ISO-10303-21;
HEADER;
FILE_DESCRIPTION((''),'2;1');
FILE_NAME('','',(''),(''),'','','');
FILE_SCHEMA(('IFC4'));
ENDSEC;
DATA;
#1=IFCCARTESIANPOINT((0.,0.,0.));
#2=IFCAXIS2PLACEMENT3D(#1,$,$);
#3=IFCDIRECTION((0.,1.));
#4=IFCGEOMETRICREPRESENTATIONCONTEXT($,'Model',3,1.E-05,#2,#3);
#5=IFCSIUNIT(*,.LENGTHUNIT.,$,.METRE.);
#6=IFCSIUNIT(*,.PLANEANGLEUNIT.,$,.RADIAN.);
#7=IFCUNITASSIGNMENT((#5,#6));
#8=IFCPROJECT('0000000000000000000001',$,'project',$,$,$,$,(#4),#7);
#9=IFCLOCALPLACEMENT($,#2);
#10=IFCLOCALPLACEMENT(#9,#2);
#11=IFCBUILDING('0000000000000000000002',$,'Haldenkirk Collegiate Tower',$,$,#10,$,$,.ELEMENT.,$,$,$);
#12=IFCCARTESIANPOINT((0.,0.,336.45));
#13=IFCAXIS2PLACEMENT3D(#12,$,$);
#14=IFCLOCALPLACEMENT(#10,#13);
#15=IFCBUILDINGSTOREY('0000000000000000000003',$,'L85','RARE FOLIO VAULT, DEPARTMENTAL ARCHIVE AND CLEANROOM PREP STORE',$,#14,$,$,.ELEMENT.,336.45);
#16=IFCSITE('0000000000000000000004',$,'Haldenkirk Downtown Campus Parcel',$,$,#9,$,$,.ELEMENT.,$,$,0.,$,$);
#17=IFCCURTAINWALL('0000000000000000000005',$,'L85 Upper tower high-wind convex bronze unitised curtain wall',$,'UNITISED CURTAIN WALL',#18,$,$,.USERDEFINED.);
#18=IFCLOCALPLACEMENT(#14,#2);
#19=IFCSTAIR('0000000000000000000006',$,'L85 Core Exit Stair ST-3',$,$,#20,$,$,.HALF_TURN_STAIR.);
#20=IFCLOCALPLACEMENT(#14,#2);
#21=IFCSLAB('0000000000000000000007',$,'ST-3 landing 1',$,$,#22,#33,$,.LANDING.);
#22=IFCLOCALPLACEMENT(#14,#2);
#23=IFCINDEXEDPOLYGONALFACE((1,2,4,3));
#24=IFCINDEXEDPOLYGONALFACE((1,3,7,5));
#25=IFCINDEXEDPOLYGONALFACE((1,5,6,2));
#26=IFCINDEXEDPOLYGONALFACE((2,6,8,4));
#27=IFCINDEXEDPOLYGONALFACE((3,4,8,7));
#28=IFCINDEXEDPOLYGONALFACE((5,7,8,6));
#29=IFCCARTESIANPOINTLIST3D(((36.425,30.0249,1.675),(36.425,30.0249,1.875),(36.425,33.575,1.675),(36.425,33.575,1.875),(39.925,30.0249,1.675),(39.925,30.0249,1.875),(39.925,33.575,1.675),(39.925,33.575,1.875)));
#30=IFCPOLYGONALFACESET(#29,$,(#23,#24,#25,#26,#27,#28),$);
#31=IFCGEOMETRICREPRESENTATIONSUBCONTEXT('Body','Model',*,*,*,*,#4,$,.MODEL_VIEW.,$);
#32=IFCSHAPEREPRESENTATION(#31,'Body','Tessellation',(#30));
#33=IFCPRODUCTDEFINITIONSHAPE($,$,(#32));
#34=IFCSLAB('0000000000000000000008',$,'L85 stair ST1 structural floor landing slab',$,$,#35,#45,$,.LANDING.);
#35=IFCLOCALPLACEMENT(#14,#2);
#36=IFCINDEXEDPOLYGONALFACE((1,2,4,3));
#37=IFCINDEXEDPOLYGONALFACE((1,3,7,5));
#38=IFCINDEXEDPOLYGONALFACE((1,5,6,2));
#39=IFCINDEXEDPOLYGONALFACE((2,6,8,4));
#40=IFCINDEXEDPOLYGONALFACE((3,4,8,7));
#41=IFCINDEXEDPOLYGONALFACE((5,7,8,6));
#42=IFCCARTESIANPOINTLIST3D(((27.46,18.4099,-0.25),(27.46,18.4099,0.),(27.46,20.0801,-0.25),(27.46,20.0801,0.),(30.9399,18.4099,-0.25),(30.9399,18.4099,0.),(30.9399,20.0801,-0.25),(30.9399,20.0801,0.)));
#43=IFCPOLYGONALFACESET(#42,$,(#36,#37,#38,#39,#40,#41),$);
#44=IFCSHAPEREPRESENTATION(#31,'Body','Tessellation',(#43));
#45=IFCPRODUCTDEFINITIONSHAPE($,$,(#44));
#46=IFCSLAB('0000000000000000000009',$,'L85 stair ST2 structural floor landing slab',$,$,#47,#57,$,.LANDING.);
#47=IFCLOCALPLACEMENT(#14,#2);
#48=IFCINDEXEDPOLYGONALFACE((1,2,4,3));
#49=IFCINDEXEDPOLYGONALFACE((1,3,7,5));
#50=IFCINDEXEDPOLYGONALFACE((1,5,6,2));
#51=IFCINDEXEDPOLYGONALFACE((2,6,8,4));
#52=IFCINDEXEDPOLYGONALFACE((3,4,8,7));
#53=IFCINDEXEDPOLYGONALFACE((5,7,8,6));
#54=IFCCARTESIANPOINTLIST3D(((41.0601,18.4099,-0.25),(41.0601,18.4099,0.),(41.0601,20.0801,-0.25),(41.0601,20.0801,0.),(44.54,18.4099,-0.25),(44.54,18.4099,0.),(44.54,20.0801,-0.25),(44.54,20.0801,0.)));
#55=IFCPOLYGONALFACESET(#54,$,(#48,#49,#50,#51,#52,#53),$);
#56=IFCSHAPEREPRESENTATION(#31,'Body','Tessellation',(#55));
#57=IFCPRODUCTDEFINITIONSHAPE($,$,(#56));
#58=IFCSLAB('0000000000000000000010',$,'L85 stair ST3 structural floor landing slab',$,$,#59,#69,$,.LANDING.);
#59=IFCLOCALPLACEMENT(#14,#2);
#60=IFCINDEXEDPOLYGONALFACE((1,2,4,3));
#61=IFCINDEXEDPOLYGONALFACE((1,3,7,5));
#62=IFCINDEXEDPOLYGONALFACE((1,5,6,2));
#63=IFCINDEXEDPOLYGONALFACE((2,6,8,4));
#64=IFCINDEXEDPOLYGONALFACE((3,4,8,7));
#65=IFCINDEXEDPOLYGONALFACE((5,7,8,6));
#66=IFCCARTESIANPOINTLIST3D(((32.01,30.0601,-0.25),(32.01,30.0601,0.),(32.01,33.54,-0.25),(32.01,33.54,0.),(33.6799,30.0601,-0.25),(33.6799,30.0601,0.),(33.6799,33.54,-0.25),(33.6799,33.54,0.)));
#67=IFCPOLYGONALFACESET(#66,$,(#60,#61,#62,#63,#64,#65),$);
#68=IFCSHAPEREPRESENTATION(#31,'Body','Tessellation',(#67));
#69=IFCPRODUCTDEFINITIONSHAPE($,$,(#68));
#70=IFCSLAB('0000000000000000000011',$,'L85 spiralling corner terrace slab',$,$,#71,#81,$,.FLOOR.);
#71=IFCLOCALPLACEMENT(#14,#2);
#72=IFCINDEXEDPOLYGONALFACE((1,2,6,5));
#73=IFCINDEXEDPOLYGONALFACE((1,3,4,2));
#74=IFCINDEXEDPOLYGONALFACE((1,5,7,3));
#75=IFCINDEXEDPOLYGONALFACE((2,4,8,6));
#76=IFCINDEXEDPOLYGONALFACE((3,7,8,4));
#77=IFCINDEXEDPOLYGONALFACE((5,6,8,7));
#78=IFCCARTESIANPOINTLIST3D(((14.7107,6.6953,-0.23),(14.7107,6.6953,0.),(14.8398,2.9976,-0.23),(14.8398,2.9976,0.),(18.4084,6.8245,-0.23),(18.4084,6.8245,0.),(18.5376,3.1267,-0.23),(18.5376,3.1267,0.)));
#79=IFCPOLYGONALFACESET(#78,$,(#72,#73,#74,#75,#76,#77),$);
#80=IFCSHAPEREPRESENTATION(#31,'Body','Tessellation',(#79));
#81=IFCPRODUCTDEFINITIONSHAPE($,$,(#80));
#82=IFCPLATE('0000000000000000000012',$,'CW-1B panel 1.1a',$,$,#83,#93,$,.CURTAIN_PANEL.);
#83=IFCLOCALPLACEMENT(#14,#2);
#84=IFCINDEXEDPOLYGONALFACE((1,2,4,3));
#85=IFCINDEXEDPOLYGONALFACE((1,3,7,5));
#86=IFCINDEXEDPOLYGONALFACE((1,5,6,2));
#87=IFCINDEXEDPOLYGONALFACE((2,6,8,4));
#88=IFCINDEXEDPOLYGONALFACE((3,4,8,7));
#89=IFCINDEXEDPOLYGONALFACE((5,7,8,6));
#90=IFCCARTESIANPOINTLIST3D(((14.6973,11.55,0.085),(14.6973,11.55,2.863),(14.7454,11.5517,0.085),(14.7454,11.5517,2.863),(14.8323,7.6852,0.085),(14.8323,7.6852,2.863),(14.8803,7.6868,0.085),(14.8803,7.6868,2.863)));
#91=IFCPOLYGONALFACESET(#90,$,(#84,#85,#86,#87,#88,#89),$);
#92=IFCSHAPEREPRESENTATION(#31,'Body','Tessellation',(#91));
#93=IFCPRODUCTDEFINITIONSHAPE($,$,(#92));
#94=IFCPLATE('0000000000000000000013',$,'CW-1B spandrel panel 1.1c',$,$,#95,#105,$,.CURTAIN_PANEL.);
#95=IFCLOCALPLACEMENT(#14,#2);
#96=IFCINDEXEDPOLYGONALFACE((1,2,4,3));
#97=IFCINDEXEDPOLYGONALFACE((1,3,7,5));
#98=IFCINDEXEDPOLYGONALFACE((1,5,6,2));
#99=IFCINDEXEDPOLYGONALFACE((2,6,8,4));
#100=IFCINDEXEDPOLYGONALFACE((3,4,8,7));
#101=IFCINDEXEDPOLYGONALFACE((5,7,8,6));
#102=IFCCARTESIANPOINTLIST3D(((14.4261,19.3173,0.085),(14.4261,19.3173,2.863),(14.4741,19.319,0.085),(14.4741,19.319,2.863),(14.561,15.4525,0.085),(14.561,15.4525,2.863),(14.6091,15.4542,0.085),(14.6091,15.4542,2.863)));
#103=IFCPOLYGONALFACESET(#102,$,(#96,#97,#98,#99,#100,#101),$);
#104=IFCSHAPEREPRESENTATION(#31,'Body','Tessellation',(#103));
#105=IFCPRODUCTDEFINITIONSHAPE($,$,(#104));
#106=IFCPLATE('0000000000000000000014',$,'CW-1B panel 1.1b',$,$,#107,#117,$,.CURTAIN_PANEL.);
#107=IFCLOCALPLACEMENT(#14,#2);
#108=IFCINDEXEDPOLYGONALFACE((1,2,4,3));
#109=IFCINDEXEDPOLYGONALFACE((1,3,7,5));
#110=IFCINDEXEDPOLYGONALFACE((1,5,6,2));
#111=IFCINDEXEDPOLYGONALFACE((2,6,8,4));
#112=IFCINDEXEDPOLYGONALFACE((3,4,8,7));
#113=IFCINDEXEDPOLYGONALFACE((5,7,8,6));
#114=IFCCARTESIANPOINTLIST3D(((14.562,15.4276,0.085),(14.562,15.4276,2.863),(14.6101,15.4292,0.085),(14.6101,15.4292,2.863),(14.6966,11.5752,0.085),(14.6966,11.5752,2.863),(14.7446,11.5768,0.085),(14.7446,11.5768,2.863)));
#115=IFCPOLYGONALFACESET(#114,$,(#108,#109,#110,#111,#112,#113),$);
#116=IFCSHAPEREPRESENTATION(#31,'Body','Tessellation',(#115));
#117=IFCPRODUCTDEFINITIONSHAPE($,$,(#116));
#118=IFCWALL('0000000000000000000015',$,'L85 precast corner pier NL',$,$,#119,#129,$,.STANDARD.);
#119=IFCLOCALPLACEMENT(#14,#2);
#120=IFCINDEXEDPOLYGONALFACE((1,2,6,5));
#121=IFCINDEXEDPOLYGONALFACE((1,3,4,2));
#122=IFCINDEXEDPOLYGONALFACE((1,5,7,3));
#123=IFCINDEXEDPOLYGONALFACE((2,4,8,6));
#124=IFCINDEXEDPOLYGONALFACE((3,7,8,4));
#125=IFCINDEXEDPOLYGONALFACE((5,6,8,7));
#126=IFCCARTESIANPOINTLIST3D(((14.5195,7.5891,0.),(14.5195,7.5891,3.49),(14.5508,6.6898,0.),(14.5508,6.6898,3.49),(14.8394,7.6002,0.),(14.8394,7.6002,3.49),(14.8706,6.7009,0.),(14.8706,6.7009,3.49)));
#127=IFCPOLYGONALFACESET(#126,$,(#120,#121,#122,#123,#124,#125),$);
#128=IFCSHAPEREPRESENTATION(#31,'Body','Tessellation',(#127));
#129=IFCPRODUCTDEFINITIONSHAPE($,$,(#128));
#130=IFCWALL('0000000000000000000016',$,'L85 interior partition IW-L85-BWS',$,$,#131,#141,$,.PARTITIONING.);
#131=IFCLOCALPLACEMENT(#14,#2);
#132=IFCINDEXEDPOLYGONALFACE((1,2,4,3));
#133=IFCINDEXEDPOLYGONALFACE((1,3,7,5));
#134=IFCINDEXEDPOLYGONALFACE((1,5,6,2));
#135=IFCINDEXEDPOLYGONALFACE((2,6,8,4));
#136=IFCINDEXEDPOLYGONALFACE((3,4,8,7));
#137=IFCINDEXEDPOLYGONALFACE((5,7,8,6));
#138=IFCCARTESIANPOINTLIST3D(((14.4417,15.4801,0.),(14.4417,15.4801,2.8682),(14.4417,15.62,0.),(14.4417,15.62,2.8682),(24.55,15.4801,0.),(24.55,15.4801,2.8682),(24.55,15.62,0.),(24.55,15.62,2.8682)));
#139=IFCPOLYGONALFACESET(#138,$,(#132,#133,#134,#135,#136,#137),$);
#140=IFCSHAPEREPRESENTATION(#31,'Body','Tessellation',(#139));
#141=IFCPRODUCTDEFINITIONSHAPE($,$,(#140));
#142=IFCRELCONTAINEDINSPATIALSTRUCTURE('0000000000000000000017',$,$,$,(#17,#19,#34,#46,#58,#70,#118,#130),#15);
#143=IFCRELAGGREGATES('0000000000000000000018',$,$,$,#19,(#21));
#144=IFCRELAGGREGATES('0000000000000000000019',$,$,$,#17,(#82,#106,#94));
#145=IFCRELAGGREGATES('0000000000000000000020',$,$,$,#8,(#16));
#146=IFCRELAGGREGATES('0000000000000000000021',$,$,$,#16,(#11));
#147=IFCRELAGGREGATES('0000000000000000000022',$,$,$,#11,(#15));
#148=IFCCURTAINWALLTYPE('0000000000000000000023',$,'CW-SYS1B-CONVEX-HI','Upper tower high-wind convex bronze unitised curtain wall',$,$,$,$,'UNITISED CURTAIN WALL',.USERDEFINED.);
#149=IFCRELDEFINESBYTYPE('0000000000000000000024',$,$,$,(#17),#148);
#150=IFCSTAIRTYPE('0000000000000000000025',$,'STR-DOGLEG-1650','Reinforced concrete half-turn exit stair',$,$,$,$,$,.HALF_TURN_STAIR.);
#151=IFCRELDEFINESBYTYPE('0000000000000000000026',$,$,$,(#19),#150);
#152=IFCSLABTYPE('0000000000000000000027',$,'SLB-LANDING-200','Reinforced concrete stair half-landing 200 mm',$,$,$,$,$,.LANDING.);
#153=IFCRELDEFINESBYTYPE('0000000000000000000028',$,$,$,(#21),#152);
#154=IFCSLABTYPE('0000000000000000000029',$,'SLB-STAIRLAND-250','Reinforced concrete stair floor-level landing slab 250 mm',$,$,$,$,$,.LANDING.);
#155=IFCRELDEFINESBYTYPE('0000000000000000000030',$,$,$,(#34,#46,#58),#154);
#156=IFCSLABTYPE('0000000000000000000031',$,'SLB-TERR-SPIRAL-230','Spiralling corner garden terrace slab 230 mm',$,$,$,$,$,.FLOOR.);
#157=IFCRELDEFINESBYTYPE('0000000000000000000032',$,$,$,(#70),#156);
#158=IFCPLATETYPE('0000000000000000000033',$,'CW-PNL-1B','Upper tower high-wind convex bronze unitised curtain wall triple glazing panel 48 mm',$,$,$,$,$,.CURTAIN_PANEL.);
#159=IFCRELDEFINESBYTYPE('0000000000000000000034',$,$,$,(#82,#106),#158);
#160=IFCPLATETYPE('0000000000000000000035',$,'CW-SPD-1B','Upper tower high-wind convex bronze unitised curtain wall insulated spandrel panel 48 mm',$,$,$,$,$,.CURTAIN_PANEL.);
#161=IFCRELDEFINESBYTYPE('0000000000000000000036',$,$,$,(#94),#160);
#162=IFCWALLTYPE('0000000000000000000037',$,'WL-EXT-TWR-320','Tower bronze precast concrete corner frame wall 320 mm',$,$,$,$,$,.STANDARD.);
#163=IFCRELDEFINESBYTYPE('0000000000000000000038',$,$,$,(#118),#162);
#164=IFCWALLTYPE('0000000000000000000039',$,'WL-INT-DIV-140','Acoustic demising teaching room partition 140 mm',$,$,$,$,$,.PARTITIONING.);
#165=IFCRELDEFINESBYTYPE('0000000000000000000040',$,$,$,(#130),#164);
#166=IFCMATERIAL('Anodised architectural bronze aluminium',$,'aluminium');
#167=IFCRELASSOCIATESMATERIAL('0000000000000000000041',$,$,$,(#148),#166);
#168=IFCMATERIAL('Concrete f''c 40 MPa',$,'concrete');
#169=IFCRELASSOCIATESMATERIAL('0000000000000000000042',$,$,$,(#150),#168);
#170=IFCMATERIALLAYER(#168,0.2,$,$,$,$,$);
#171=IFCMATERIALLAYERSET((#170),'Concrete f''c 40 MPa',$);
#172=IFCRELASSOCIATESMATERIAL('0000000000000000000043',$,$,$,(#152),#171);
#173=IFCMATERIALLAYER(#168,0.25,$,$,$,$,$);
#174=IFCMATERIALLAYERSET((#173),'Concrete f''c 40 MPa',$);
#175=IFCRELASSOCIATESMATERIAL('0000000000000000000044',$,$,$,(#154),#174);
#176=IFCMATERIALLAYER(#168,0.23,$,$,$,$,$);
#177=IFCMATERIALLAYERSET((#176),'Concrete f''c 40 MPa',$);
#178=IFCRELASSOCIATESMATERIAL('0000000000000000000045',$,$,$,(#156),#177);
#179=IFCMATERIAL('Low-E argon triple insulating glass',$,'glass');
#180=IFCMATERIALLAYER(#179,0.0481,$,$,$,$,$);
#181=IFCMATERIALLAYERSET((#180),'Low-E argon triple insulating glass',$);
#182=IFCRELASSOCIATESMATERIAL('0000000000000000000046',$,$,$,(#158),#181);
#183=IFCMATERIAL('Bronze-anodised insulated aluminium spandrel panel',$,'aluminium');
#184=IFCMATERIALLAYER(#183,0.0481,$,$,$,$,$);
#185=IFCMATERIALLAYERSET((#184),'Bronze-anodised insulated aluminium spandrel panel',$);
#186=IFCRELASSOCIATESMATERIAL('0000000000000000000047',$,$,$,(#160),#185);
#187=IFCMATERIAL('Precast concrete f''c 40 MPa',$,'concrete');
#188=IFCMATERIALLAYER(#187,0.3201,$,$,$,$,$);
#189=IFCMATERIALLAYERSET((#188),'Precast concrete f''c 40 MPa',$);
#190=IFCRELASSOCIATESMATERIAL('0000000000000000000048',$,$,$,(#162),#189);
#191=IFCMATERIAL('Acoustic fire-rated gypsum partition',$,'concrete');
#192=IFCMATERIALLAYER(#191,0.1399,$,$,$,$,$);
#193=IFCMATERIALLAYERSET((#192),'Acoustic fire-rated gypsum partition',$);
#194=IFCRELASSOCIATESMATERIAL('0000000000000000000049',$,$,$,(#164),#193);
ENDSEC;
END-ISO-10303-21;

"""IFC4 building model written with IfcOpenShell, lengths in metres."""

from ifc_helpers import new_model, si_unit, direction, frame, frame_2d, origin, origin_2d, place, context, subcontext, project, spatial, polyline, rectangle, outline, extrude, source, transform, mapped, material, layer, layer_set, type_object, element, aggregate, save


model = new_model("IFC4")

# Units and contexts
model_context = context("Model", 3, precision=1e-05, world=origin(), true_north=direction((0.0, 1.0)))
body_context = subcontext(model_context, "Body", "Model", "MODEL_VIEW")
ifc_project = project(units=[si_unit("LENGTHUNIT", "METRE"), si_unit("PLANEANGLEUNIT", "RADIAN")], contexts=[model_context])

# Site, building, storey
site_placement = place(None, origin())
site = spatial("IfcSite", under=ifc_project, at=site_placement, Name="Haldenkirk Downtown Campus Parcel", CompositionType="ELEMENT", RefElevation=0.0)
building_placement = place(site_placement, origin())
building = spatial("IfcBuilding", under=site, at=building_placement, Name="Haldenkirk Collegiate Tower", CompositionType="ELEMENT")
storey_placement = place(building_placement, frame((0.0, 0.0, 336.45)))
storey = spatial("IfcBuildingStorey", under=building, at=storey_placement, Name="L85", Description="RARE FOLIO VAULT, DEPARTMENTAL ARCHIVE AND CLEANROOM PREP STORE", CompositionType="ELEMENT", Elevation=336.45)

# Curtain wall
ifc_material_1 = material(Name="Anodised architectural bronze aluminium", Category="aluminium")
curtain_wall_type = type_object("IfcCurtainWallType", Name="CW-SYS1B-CONVEX-HI", Description="Upper tower high-wind convex bronze unitised curtain wall", ElementType="UNITISED CURTAIN WALL", PredefinedType="USERDEFINED", material=ifc_material_1)
curtain_wall_placement = place(storey_placement, origin())
curtain_wall = element("IfcCurtainWall", 1, at=curtain_wall_placement, inside=storey, type_object=curtain_wall_type, Name="L85 Upper tower high-wind convex bronze unitised curtain wall", ObjectType="UNITISED CURTAIN WALL", PredefinedType="USERDEFINED")

# Shared definitions
ifc_material_2 = material(Name="Concrete f'c 40 MPa", Category="concrete")

# Stair, slab
stair_type = type_object("IfcStairType", Name="STR-DOGLEG-1650", Description="Reinforced concrete half-turn exit stair", PredefinedType="HALF_TURN_STAIR", material=ifc_material_2)
ifc_layer_1 = layer(ifc_material_2, 0.2)
ifc_layer_set_1 = layer_set([ifc_layer_1], Name="Concrete f'c 40 MPa")
slab_type_1 = type_object("IfcSlabType", Name="SLB-LANDING-200", Description="Reinforced concrete stair half-landing 200 mm", PredefinedType="LANDING", material=ifc_layer_set_1)
stair_1_placement = place(storey_placement, origin())
stair_1 = element("IfcStair", 2, at=stair_1_placement, inside=storey, type_object=stair_type, Name="L85 Core Exit Stair ST-3", PredefinedType="HALF_TURN_STAIR")
slab_1_placement = place(storey_placement, frame((0.0, 0.0, 1.675)))
slab_1 = element("IfcSlab", 3, at=slab_1_placement, type_object=slab_type_1, Name="ST-3 landing 1", PredefinedType="LANDING", context=body_context, shape_type="SweptSolid", body=[
    extrude(outline(polyline([(36.425, 30.0249), (36.425, 33.575), (39.925, 33.575), (39.925, 30.0249), (36.425, 30.0249)])), origin(), (0.0, 0.0, 1.0), 0.2),
])
aggregate(stair_1, [slab_1])

# Slabs
ifc_layer_2 = layer(ifc_material_2, 0.25)
ifc_layer_set_2 = layer_set([ifc_layer_2], Name="Concrete f'c 40 MPa")
slab_type_2 = type_object("IfcSlabType", Name="SLB-STAIRLAND-250", Description="Reinforced concrete stair floor-level landing slab 250 mm", PredefinedType="LANDING", material=ifc_layer_set_2)
slab_2_placement = place(storey_placement, frame((0.0, 0.0, -0.25)))
element("IfcSlab", 4, at=slab_2_placement, inside=storey, type_object=slab_type_2, Name="L85 stair ST1 structural floor landing slab", PredefinedType="LANDING", context=body_context, shape_type="SweptSolid", body=[
    extrude(outline(polyline([(27.46, 18.4099), (30.9399, 18.4099), (30.9399, 20.0801), (27.46, 20.0801), (27.46, 18.4099)])), origin(), (0.0, 0.0, 1.0), 0.25),
])
slab_3_placement = place(storey_placement, frame((0.0, 0.0, -0.25)))
element("IfcSlab", 5, at=slab_3_placement, inside=storey, type_object=slab_type_2, Name="L85 stair ST2 structural floor landing slab", PredefinedType="LANDING", context=body_context, shape_type="SweptSolid", body=[
    extrude(outline(polyline([(41.0601, 18.4099), (44.54, 18.4099), (44.54, 20.0801), (41.0601, 20.0801), (41.0601, 18.4099)])), origin(), (0.0, 0.0, 1.0), 0.25),
])
slab_4_placement = place(storey_placement, frame((0.0, 0.0, -0.25)))
element("IfcSlab", 6, at=slab_4_placement, inside=storey, type_object=slab_type_2, Name="L85 stair ST3 structural floor landing slab", PredefinedType="LANDING", context=body_context, shape_type="SweptSolid", body=[
    extrude(outline(polyline([(32.01, 30.0601), (33.6799, 30.0601), (33.6799, 33.54), (32.01, 33.54), (32.01, 30.0601)])), origin(), (0.0, 0.0, 1.0), 0.25),
])
ifc_layer_3 = layer(ifc_material_2, 0.23)
ifc_layer_set_3 = layer_set([ifc_layer_3], Name="Concrete f'c 40 MPa")
slab_type_3 = type_object("IfcSlabType", Name="SLB-TERR-SPIRAL-230", Description="Spiralling corner garden terrace slab 230 mm", PredefinedType="FLOOR", material=ifc_layer_set_3)
slab_5_placement = place(storey_placement, frame((0.0, 0.0, -0.23)))
element("IfcSlab", 7, at=slab_5_placement, inside=storey, type_object=slab_type_3, Name="L85 spiralling corner terrace slab", PredefinedType="FLOOR", context=body_context, shape_type="SweptSolid", body=[
    extrude(outline(polyline([(18.5376, 3.1267), (18.4084, 6.8245), (14.7107, 6.6953), (14.8398, 2.9976), (18.5376, 3.1267)])), origin(), (0.0, 0.0, 1.0), 0.23),
])

# Plates
ifc_material_3 = material(Name="Low-E argon triple insulating glass", Category="glass")
ifc_layer_4 = layer(ifc_material_3, 0.0481)
ifc_layer_set_4 = layer_set([ifc_layer_4], Name="Low-E argon triple insulating glass")
plate_type_1 = type_object("IfcPlateType", Name="CW-PNL-1B", Description="Upper tower high-wind convex bronze unitised curtain wall triple glazing panel 48 mm", PredefinedType="CURTAIN_PANEL", material=ifc_layer_set_4)
shared_shape_1 = source(origin(), body_context, "Body", "SweptSolid", [
    extrude(rectangle(XDim=3.8672, YDim=0.0481, at=origin_2d()), origin(), (0.0, 0.0, 1.0), 2.7781),
])
plate_1_placement = place(storey_placement, frame((14.7888, 9.6184, 0.085), z_axis=(0.0, 0.0, 1.0), x_axis=(-0.034901, 0.999391, 0.0)))
plate_1 = element("IfcPlate", 8, at=plate_1_placement, type_object=plate_type_1, Name="CW-1B panel 1.1a", PredefinedType="CURTAIN_PANEL", context=body_context, shape_type="MappedRepresentation", body=[
    mapped(shared_shape_1, transform((0.0, 0.0, 0.0), x_axis=(1.0, 0.0, 0.0), y_axis=(0.0, 1.0, 0.0), z_axis=(0.0, 0.0, 1.0), scale=1.0)),
])
ifc_material_4 = material(Name="Bronze-anodised insulated aluminium spandrel panel", Category="aluminium")
ifc_layer_5 = layer(ifc_material_4, 0.0481)
ifc_layer_set_5 = layer_set([ifc_layer_5], Name="Bronze-anodised insulated aluminium spandrel panel")
plate_type_2 = type_object("IfcPlateType", Name="CW-SPD-1B", Description="Upper tower high-wind convex bronze unitised curtain wall insulated spandrel panel 48 mm", PredefinedType="CURTAIN_PANEL", material=ifc_layer_set_5)
plate_2_placement = place(storey_placement, frame((14.5176, 17.3857, 0.085), z_axis=(0.0, 0.0, 1.0), x_axis=(-0.034901, 0.999391, 0.0)))
plate_2 = element("IfcPlate", 9, at=plate_2_placement, type_object=plate_type_2, Name="CW-1B spandrel panel 1.1c", PredefinedType="CURTAIN_PANEL", context=body_context, shape_type="MappedRepresentation", body=[
    mapped(shared_shape_1, transform((0.0, 0.0, 0.0), x_axis=(1.0, 0.0, 0.0), y_axis=(0.0, 1.0, 0.0), z_axis=(0.0, 0.0, 1.0), scale=1.0)),
])
shared_shape_2 = source(origin(), body_context, "Body", "SweptSolid", [
    extrude(rectangle(XDim=3.8547, YDim=0.0481, at=origin_2d()), origin(), (0.0, 0.0, 1.0), 2.7781),
])
plate_3_placement = place(storey_placement, frame((14.6533, 13.5022, 0.085), z_axis=(0.0, 0.0, 1.0), x_axis=(-0.034901, 0.999391, 0.0)))
plate_3 = element("IfcPlate", 10, at=plate_3_placement, type_object=plate_type_1, Name="CW-1B panel 1.1b", PredefinedType="CURTAIN_PANEL", context=body_context, shape_type="MappedRepresentation", body=[
    mapped(shared_shape_2, transform((0.0, 0.0, 0.0), x_axis=(1.0, 0.0, 0.0), y_axis=(0.0, 1.0, 0.0), z_axis=(0.0, 0.0, 1.0), scale=1.0)),
])
aggregate(curtain_wall, [plate_1, plate_3, plate_2])

# Walls
ifc_material_5 = material(Name="Precast concrete f'c 40 MPa", Category="concrete")
ifc_layer_6 = layer(ifc_material_5, 0.3201)
ifc_layer_set_6 = layer_set([ifc_layer_6], Name="Precast concrete f'c 40 MPa")
wall_type_1 = type_object("IfcWallType", Name="WL-EXT-TWR-320", Description="Tower bronze precast concrete corner frame wall 320 mm", PredefinedType="STANDARD", material=ifc_layer_set_6)
wall_1_placement = place(storey_placement, frame((14.7107, 6.6953, 0.0), z_axis=(0.0, 0.0, 1.0), x_axis=(-0.034724, 0.999397, 0.0)))
element("IfcWall", 11, at=wall_1_placement, inside=storey, type_object=wall_type_1, Name="L85 precast corner pier NL", PredefinedType="STANDARD", context=body_context, shape_type="SweptSolid", body=[
    extrude(rectangle(XDim=0.8999, YDim=0.3201, at=frame_2d((0.45, 0.0))), origin(), (0.0, 0.0, 1.0), 3.49),
])
ifc_material_6 = material(Name="Acoustic fire-rated gypsum partition", Category="concrete")
ifc_layer_7 = layer(ifc_material_6, 0.1399)
ifc_layer_set_7 = layer_set([ifc_layer_7], Name="Acoustic fire-rated gypsum partition")
wall_type_2 = type_object("IfcWallType", Name="WL-INT-DIV-140", Description="Acoustic demising teaching room partition 140 mm", PredefinedType="PARTITIONING", material=ifc_layer_set_7)
wall_2_placement = place(storey_placement, frame((14.4417, 15.55, 0.0), z_axis=(0.0, 0.0, 1.0), x_axis=(1.0, 0.0, 0.0)))
element("IfcWall", 12, at=wall_2_placement, inside=storey, type_object=wall_type_2, Name="L85 interior partition IW-L85-BWS", PredefinedType="PARTITIONING", context=body_context, shape_type="SweptSolid", body=[
    extrude(rectangle(XDim=10.1084, YDim=0.1399, at=frame_2d((5.0542, 0.0))), origin(), (0.0, 0.0, 1.0), 2.8682),
])

save(model, "model.ifc")
